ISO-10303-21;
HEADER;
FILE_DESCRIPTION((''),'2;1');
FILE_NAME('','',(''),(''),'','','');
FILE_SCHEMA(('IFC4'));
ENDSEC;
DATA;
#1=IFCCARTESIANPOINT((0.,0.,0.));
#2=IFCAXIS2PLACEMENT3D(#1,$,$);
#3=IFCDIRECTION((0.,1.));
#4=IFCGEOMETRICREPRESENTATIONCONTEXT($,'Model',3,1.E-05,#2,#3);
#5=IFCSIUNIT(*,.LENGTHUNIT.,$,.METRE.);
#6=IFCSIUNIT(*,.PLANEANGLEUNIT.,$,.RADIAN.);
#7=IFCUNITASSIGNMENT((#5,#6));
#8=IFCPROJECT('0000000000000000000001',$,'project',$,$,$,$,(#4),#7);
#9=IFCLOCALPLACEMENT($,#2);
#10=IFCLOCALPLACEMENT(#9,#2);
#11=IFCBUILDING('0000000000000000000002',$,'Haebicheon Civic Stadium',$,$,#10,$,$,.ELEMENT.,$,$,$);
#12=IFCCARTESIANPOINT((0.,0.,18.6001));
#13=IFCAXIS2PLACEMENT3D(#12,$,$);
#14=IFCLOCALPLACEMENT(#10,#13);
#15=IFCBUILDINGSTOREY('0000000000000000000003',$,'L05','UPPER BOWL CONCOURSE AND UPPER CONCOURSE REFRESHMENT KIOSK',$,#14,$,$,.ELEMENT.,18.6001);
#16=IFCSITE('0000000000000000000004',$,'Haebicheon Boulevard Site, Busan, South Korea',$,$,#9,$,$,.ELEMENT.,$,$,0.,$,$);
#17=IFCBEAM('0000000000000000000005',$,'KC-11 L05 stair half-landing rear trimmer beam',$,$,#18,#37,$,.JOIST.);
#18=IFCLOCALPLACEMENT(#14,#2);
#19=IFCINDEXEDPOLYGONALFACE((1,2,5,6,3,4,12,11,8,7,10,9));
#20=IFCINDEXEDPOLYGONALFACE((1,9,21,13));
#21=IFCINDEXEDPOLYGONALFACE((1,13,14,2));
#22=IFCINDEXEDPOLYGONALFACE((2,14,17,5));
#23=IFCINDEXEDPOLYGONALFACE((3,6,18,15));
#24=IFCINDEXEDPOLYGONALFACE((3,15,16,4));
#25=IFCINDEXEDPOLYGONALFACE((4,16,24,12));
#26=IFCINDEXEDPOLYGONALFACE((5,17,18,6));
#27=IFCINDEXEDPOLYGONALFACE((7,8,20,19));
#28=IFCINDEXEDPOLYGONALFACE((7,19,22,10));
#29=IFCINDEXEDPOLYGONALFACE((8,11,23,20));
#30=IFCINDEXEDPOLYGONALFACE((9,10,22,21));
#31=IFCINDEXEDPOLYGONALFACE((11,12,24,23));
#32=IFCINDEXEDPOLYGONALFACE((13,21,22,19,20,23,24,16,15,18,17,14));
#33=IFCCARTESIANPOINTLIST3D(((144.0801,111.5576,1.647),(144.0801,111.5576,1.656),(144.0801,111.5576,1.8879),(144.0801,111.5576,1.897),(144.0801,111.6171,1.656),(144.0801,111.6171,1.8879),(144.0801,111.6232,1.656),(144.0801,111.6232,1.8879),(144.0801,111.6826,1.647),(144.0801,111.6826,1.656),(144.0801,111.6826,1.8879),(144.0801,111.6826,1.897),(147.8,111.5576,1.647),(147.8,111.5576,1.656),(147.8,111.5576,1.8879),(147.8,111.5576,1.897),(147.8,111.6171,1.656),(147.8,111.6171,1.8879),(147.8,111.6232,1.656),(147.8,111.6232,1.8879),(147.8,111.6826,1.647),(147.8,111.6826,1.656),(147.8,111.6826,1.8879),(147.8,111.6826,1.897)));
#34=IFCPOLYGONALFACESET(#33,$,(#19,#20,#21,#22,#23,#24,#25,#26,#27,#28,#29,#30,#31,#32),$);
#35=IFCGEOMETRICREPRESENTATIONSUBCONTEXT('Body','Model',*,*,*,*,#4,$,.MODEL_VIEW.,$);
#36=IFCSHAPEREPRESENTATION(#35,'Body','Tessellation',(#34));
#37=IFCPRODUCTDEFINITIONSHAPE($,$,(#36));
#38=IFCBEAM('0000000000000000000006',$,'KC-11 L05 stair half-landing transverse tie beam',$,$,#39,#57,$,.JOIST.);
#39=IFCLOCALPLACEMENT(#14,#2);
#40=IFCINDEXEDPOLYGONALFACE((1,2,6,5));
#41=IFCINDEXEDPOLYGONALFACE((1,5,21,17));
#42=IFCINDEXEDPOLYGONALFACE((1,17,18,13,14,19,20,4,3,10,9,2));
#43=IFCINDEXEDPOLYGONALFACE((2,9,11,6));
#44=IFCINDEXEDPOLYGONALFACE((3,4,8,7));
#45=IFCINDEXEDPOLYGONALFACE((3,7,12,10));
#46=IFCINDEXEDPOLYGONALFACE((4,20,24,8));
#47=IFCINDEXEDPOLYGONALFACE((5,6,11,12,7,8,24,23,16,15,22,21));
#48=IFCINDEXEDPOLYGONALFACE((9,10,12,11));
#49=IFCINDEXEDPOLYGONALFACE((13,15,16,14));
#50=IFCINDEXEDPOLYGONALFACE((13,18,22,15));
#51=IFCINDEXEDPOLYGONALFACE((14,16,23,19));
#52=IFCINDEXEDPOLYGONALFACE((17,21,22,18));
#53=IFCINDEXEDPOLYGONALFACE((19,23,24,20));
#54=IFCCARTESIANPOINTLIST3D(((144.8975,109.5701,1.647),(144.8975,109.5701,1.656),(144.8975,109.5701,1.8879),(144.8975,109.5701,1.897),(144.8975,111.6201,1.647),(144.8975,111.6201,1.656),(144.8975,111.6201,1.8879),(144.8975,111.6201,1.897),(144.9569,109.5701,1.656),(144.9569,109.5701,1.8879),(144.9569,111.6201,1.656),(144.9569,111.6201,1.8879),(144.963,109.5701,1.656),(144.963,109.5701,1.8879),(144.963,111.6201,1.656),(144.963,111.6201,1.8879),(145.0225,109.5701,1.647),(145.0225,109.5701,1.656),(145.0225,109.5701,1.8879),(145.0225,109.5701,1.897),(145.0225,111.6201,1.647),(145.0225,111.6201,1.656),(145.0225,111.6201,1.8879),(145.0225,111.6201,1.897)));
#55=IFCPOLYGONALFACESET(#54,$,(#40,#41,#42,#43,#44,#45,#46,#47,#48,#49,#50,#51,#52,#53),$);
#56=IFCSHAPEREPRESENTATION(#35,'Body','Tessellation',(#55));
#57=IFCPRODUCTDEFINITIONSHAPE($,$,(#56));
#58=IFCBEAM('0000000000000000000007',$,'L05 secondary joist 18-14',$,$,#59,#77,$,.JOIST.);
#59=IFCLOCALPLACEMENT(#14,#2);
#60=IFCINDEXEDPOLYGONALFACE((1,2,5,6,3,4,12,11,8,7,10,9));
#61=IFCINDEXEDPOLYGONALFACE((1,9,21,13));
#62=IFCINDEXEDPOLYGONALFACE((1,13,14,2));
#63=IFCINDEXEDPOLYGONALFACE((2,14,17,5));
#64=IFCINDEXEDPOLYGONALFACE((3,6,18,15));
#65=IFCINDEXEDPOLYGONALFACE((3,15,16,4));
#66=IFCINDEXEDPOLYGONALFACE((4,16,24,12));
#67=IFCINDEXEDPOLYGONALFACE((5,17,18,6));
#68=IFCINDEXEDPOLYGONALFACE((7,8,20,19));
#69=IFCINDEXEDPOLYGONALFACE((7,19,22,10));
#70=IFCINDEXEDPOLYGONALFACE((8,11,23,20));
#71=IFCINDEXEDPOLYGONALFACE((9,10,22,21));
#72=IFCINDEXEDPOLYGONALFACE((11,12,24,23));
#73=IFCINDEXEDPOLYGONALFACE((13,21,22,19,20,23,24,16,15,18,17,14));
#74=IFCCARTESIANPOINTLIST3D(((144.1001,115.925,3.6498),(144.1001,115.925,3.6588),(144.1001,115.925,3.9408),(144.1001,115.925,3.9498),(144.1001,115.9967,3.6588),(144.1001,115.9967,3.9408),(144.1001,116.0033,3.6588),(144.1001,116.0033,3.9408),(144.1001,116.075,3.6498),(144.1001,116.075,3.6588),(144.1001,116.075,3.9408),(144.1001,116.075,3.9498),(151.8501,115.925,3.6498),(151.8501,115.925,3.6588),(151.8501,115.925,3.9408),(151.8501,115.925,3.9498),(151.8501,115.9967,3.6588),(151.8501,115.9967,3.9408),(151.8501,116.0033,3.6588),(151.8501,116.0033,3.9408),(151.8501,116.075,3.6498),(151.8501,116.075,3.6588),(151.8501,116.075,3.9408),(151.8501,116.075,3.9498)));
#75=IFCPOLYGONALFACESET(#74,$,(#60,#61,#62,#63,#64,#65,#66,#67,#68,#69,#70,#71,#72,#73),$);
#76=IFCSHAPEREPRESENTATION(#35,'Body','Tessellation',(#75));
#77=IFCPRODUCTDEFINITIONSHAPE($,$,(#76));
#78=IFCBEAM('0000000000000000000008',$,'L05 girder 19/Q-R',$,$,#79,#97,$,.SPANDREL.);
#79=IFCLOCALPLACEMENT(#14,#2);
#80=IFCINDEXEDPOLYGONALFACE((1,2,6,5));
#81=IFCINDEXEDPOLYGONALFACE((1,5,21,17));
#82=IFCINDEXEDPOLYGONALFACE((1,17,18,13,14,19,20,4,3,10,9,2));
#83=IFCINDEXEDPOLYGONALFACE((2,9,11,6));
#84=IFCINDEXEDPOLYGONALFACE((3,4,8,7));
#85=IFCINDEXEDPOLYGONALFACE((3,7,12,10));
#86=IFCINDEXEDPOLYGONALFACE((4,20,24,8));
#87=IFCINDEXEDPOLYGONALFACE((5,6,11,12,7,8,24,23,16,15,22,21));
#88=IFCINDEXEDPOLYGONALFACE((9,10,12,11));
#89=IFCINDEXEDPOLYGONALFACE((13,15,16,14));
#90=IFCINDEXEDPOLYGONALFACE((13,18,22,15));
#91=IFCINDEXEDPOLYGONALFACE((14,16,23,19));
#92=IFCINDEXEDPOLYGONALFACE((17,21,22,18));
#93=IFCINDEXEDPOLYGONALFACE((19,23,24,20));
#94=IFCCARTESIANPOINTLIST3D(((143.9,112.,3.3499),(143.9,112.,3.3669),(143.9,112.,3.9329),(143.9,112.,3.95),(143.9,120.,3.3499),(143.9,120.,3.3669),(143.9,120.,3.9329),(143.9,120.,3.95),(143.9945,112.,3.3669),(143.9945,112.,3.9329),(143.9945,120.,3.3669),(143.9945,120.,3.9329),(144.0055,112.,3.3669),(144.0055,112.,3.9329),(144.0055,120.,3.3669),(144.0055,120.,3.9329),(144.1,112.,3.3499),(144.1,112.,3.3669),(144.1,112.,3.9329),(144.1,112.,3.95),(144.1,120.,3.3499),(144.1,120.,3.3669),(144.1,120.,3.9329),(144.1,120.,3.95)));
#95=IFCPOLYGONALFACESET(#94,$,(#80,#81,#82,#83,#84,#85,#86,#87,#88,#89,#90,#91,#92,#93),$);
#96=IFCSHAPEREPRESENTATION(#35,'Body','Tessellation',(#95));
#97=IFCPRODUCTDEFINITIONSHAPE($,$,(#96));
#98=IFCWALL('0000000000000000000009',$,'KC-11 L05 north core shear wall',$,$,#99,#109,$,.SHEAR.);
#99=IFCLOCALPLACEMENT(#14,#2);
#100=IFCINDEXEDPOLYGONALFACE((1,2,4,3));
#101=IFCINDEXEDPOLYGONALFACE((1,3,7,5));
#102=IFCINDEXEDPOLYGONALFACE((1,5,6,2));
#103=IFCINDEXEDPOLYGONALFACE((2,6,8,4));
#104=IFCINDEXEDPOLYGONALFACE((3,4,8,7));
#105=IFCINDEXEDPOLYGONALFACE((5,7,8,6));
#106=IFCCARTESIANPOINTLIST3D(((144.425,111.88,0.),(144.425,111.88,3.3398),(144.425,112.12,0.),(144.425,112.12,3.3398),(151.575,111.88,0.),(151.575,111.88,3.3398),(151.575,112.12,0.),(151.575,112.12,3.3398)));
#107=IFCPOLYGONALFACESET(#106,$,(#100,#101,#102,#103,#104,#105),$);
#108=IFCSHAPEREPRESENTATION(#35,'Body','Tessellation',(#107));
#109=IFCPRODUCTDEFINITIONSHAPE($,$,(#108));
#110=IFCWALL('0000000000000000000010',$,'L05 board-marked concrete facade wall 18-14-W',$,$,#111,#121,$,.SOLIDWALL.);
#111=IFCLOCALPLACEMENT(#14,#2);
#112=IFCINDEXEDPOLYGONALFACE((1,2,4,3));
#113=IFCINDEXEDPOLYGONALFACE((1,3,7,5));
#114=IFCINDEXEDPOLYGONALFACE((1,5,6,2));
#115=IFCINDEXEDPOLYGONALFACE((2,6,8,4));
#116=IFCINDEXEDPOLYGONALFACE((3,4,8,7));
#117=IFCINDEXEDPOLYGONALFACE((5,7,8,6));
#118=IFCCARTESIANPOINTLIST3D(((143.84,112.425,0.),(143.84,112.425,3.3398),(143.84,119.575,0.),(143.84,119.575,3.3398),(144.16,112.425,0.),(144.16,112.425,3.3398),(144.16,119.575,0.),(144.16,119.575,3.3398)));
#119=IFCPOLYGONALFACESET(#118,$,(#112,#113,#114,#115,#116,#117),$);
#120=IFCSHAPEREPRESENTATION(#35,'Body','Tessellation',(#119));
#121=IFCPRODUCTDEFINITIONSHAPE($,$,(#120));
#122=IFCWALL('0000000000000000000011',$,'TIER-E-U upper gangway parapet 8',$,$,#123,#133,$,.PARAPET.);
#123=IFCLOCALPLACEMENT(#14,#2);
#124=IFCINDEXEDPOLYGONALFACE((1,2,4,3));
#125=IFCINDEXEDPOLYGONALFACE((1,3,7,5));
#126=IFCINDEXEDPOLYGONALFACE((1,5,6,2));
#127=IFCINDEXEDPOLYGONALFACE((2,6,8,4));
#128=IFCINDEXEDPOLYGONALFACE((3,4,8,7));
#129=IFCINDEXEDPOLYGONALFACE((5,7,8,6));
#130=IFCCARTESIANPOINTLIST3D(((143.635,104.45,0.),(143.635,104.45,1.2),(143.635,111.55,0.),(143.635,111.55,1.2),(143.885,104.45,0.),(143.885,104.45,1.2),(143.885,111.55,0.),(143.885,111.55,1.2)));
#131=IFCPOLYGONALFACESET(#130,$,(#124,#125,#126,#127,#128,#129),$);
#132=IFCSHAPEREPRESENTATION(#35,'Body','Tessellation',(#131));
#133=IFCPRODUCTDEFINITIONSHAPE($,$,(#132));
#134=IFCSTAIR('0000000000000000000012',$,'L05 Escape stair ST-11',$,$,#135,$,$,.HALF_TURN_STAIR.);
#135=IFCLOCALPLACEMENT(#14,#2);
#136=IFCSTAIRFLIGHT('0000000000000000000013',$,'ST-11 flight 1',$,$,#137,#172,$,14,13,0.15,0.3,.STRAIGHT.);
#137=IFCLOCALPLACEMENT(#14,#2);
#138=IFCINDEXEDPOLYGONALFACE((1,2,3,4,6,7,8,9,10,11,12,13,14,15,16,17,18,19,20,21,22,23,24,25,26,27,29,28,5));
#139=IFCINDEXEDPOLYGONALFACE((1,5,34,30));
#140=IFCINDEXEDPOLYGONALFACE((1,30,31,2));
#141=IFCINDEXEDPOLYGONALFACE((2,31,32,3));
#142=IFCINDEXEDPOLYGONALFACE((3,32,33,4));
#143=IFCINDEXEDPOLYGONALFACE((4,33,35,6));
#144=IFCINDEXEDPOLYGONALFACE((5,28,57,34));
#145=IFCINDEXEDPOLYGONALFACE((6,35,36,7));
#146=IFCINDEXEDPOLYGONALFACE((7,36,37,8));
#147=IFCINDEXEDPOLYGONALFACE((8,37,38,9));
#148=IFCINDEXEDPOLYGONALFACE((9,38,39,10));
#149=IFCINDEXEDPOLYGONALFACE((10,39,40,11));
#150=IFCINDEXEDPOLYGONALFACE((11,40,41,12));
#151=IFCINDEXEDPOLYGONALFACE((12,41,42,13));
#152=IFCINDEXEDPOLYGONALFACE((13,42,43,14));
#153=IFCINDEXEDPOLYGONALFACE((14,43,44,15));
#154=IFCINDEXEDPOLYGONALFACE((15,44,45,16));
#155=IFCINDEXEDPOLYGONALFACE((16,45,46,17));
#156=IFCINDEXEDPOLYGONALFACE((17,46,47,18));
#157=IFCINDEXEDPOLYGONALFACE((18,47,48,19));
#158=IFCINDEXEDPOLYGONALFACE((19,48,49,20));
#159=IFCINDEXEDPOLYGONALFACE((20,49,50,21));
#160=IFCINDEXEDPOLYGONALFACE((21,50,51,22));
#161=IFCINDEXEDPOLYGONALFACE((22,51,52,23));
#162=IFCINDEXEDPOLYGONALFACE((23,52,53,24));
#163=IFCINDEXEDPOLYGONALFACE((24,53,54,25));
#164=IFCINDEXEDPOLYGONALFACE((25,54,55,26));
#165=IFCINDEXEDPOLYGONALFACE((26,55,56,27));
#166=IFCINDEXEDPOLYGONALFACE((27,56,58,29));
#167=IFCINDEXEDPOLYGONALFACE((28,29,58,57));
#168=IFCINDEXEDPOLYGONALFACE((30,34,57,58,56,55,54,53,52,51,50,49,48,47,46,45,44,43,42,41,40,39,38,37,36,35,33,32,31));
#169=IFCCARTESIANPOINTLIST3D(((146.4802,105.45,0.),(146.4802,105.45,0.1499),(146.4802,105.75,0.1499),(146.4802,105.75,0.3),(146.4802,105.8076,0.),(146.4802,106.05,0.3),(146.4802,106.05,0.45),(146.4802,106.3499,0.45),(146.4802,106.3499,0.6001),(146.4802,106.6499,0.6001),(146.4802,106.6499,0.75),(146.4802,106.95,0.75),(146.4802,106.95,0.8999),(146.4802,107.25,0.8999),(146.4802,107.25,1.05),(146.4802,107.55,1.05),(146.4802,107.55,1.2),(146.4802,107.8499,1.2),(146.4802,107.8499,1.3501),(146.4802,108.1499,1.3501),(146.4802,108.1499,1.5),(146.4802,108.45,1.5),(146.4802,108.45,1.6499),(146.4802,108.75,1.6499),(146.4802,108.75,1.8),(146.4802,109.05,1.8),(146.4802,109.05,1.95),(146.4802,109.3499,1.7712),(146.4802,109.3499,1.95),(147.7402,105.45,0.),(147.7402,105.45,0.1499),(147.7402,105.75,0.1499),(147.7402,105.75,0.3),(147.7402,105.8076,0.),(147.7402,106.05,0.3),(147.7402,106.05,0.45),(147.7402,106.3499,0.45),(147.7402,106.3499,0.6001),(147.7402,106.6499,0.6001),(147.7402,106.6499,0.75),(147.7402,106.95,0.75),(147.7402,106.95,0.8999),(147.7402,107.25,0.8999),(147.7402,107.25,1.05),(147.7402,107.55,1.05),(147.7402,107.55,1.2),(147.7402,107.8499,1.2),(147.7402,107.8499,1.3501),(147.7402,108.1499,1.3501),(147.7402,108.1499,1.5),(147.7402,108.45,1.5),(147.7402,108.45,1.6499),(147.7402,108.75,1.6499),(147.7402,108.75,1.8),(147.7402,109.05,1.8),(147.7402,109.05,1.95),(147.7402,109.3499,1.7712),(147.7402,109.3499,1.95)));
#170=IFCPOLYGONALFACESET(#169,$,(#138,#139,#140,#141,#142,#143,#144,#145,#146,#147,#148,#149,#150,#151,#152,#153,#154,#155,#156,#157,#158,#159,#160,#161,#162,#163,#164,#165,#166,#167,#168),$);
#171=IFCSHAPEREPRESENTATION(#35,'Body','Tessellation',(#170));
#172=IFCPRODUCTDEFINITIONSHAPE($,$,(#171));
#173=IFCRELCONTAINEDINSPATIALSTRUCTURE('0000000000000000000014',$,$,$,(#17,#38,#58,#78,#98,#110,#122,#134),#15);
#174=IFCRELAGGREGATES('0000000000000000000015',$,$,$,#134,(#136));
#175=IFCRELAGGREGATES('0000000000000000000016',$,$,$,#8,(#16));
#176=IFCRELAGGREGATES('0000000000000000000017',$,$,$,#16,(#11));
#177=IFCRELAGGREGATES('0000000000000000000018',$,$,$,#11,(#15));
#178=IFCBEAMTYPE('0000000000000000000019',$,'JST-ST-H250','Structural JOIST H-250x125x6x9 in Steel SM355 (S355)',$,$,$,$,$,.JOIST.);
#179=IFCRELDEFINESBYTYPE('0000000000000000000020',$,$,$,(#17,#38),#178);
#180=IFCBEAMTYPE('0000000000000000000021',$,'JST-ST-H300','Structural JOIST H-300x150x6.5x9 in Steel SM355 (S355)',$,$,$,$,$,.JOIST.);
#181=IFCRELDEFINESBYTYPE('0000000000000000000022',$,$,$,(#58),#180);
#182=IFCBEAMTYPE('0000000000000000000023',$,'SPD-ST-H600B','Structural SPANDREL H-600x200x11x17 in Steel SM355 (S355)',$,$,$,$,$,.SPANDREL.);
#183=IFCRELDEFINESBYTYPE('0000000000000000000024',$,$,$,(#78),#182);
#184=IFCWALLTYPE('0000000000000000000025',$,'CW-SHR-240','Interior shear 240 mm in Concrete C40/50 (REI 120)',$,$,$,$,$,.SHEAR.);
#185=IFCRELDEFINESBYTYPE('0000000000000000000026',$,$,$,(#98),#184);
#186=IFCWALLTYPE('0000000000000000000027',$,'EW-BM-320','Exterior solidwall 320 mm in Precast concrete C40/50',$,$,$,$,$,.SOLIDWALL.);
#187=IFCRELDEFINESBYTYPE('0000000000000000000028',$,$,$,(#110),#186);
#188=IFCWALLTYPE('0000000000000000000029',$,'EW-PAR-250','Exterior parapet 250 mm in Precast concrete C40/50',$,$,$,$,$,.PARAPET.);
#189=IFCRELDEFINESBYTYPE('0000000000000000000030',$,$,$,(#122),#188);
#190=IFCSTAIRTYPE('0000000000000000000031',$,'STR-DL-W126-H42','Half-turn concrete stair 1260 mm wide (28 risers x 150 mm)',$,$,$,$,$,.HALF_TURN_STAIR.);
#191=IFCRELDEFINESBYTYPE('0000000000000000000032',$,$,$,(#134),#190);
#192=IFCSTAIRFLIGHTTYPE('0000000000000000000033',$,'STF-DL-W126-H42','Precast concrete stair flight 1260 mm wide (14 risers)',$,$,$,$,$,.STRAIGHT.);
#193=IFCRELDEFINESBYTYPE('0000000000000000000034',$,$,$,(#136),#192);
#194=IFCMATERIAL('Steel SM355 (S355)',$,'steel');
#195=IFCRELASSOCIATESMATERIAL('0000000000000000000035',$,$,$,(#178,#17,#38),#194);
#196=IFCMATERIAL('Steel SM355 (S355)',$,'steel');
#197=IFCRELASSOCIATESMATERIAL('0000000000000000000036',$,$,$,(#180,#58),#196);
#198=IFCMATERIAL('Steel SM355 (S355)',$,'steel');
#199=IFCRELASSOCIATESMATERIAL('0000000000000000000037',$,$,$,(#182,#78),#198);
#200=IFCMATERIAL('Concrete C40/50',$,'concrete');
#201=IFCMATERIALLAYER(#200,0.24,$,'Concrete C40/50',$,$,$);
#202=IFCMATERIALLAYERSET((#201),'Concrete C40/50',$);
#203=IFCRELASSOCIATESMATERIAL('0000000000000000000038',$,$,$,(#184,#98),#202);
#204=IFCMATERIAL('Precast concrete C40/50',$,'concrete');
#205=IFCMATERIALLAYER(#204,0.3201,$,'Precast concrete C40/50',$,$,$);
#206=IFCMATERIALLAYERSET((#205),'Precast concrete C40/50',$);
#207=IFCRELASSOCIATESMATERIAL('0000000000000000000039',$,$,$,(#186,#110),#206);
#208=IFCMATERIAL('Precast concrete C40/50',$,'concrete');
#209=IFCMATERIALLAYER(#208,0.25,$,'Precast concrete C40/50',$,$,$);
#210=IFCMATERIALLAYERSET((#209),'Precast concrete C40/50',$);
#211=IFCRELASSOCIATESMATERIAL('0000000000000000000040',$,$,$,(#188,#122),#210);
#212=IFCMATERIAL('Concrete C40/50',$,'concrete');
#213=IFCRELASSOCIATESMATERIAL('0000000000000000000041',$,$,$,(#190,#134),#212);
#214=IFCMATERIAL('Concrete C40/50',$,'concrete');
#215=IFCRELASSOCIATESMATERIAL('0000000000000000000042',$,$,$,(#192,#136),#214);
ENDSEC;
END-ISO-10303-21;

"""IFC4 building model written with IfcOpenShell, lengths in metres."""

from ifc_helpers import new_model, si_unit, direction, frame, frame_2d, origin, origin_2d, place, context, subcontext, project, spatial, polyline, rectangle, i_section, outline, extrude, material, layer, layer_set, material_profile, profile_set, type_object, element, aggregate, save


model = new_model("IFC4")

# Units and contexts
model_context = context("Model", 3, precision=1e-05, world=origin(), true_north=direction((0.0, 1.0)))
body_context = subcontext(model_context, "Body", "Model", "MODEL_VIEW")
ifc_project = project(units=[si_unit("LENGTHUNIT", "METRE"), si_unit("PLANEANGLEUNIT", "RADIAN")], contexts=[model_context])

# Site, building, storey
site_placement = place(None, origin())
site = spatial("IfcSite", under=ifc_project, at=site_placement, Name="Haebicheon Boulevard Site, Busan, South Korea", CompositionType="ELEMENT", RefElevation=0.0)
building_placement = place(site_placement, origin())
building = spatial("IfcBuilding", under=site, at=building_placement, Name="Haebicheon Civic Stadium", CompositionType="ELEMENT")
storey_placement = place(building_placement, frame((0.0, 0.0, 18.6001)))
storey = spatial("IfcBuildingStorey", under=building, at=storey_placement, Name="L05", Description="UPPER BOWL CONCOURSE AND UPPER CONCOURSE REFRESHMENT KIOSK", CompositionType="ELEMENT", Elevation=18.6001)

# Beams
ifc_material_1 = material(Name="Steel SM355 (S355)", Category="steel")
ifc_material_profile_1 = material_profile(ifc_material_1, i_section(OverallWidth=0.125, OverallDepth=0.25, WebThickness=0.0061, FlangeThickness=0.009, at=origin_2d()), Name="H-250x125x6x9")
ifc_profile_set_1 = profile_set([ifc_material_profile_1], Name="Steel SM355 (S355)")
beam_type_1 = type_object("IfcBeamType", Name="JST-ST-H250", Description="Structural JOIST H-250x125x6x9 in Steel SM355 (S355)", PredefinedType="JOIST", material=ifc_profile_set_1)
for number, where, z_axis, x_axis, name in (
    (1, (144.0801, 111.6201, 1.772), (1.0, 0.0, 0.0), (0.0, 1.0, 0.0), "KC-11 L05 stair half-landing rear trimmer beam"),
):
    element("IfcBeam", number, at=place(storey_placement, frame(where, z_axis=z_axis, x_axis=x_axis)), inside=storey, type_object=beam_type_1, material=ifc_profile_set_1, Name=name, PredefinedType="JOIST", context=body_context, shape_type="SweptSolid", body=[
        extrude(i_section(OverallWidth=0.125, OverallDepth=0.25, WebThickness=0.0061, FlangeThickness=0.009, at=origin_2d()), origin(), (0.0, 0.0, 1.0), 3.72),
    ])
beam_1_placement = place(storey_placement, frame((144.96, 109.5701, 1.772), z_axis=(0.0, 1.0, 0.0), x_axis=(-1.0, 0.0, 0.0)))
element("IfcBeam", 2, at=beam_1_placement, inside=storey, type_object=beam_type_1, material=ifc_profile_set_1, Name="KC-11 L05 stair half-landing transverse tie beam", PredefinedType="JOIST", context=body_context, shape_type="SweptSolid", body=[
    extrude(i_section(OverallWidth=0.125, OverallDepth=0.25, WebThickness=0.0061, FlangeThickness=0.009, at=origin_2d()), origin(), (0.0, 0.0, 1.0), 2.05),
])
ifc_material_2 = material(Name="Steel SM355 (S355)", Category="steel")
ifc_material_profile_2 = material_profile(ifc_material_2, i_section(OverallWidth=0.1499, OverallDepth=0.3, WebThickness=0.0066, FlangeThickness=0.009, at=origin_2d()), Name="H-300x150x6.5x9")
ifc_profile_set_2 = profile_set([ifc_material_profile_2], Name="Steel SM355 (S355)")
beam_type_2 = type_object("IfcBeamType", Name="JST-ST-H300", Description="Structural JOIST H-300x150x6.5x9 in Steel SM355 (S355)", PredefinedType="JOIST", material=ifc_profile_set_2)
beam_2_placement = place(storey_placement, frame((144.1001, 116.0, 3.7998), z_axis=(1.0, 0.0, 0.0), x_axis=(0.0, 1.0, 0.0)))
element("IfcBeam", 3, at=beam_2_placement, inside=storey, type_object=beam_type_2, material=ifc_profile_set_2, Name="L05 secondary joist 18-14", PredefinedType="JOIST", context=body_context, shape_type="SweptSolid", body=[
    extrude(i_section(OverallWidth=0.1499, OverallDepth=0.3, WebThickness=0.0066, FlangeThickness=0.009, at=origin_2d()), origin(), (0.0, 0.0, 1.0), 7.75),
])
ifc_material_3 = material(Name="Steel SM355 (S355)", Category="steel")
ifc_material_profile_3 = material_profile(ifc_material_3, i_section(OverallWidth=0.2, OverallDepth=0.6001, WebThickness=0.011, FlangeThickness=0.0171, at=origin_2d()), Name="H-600x200x11x17")
ifc_profile_set_3 = profile_set([ifc_material_profile_3], Name="Steel SM355 (S355)")
beam_type_3 = type_object("IfcBeamType", Name="SPD-ST-H600B", Description="Structural SPANDREL H-600x200x11x17 in Steel SM355 (S355)", PredefinedType="SPANDREL", material=ifc_profile_set_3)
beam_3_placement = place(storey_placement, frame((144.0, 112.0, 3.6499), z_axis=(0.0, 1.0, 0.0), x_axis=(-1.0, 0.0, 0.0)))
element("IfcBeam", 4, at=beam_3_placement, inside=storey, type_object=beam_type_3, material=ifc_profile_set_3, Name="L05 girder 19/Q-R", PredefinedType="SPANDREL", context=body_context, shape_type="SweptSolid", body=[
    extrude(i_section(OverallWidth=0.2, OverallDepth=0.6001, WebThickness=0.011, FlangeThickness=0.0171, at=origin_2d()), origin(), (0.0, 0.0, 1.0), 8.0),
])

# Wall
ifc_material_4 = material(Name="Concrete C40/50", Category="concrete")
ifc_layer_1 = layer(ifc_material_4, 0.24, Name="Concrete C40/50")
ifc_layer_set_1 = layer_set([ifc_layer_1], Name="Concrete C40/50")
wall_type_1 = type_object("IfcWallType", Name="CW-SHR-240", Description="Interior shear 240 mm in Concrete C40/50 (REI 120)", PredefinedType="SHEAR", material=ifc_layer_set_1)
wall_1_placement = place(storey_placement, frame((144.425, 112.0, 0.0), z_axis=(0.0, 0.0, 1.0), x_axis=(1.0, 0.0, 0.0)))
element("IfcWall", 5, at=wall_1_placement, inside=storey, type_object=wall_type_1, material=ifc_layer_set_1, Name="KC-11 L05 north core shear wall", PredefinedType="SHEAR", context=body_context, shape_type="SweptSolid", body=[
    extrude(rectangle(XDim=7.1499, YDim=0.24, at=frame_2d((3.575, 0.0))), origin(), (0.0, 0.0, 1.0), 3.3398),
])

# Walls
ifc_material_5 = material(Name="Precast concrete C40/50", Category="concrete")
ifc_layer_2 = layer(ifc_material_5, 0.3201, Name="Precast concrete C40/50")
ifc_layer_set_2 = layer_set([ifc_layer_2], Name="Precast concrete C40/50")
wall_type_2 = type_object("IfcWallType", Name="EW-BM-320", Description="Exterior solidwall 320 mm in Precast concrete C40/50", PredefinedType="SOLIDWALL", material=ifc_layer_set_2)
wall_2_placement = place(storey_placement, frame((144.0, 112.425, 0.0), z_axis=(0.0, 0.0, 1.0), x_axis=(0.0, 1.0, 0.0)))
element("IfcWall", 6, at=wall_2_placement, inside=storey, type_object=wall_type_2, material=ifc_layer_set_2, Name="L05 board-marked concrete facade wall 18-14-W", PredefinedType="SOLIDWALL", context=body_context, shape_type="SweptSolid", body=[
    extrude(rectangle(XDim=7.1499, YDim=0.3201, at=frame_2d((3.575, 0.0))), origin(), (0.0, 0.0, 1.0), 3.3398),
])
ifc_material_6 = material(Name="Precast concrete C40/50", Category="concrete")
ifc_layer_3 = layer(ifc_material_6, 0.25, Name="Precast concrete C40/50")
ifc_layer_set_3 = layer_set([ifc_layer_3], Name="Precast concrete C40/50")
wall_type_3 = type_object("IfcWallType", Name="EW-PAR-250", Description="Exterior parapet 250 mm in Precast concrete C40/50", PredefinedType="PARAPET", material=ifc_layer_set_3)
wall_3_placement = place(storey_placement, frame((143.76, 104.45, 0.0), z_axis=(0.0, 0.0, 1.0), x_axis=(0.0, 1.0, 0.0)))
element("IfcWall", 7, at=wall_3_placement, inside=storey, type_object=wall_type_3, material=ifc_layer_set_3, Name="TIER-E-U upper gangway parapet 8", PredefinedType="PARAPET", context=body_context, shape_type="SweptSolid", body=[
    extrude(rectangle(XDim=7.1001, YDim=0.25, at=frame_2d((3.55, 0.0))), origin(), (0.0, 0.0, 1.0), 1.2),
])

# Stair, stair flight
ifc_material_7 = material(Name="Concrete C40/50", Category="concrete")
stair_type = type_object("IfcStairType", Name="STR-DL-W126-H42", Description="Half-turn concrete stair 1260 mm wide (28 risers x 150 mm)", PredefinedType="HALF_TURN_STAIR", material=ifc_material_7)
stair_placement = place(storey_placement, origin())
stair = element("IfcStair", 8, at=stair_placement, inside=storey, type_object=stair_type, material=ifc_material_7, Name="L05 Escape stair ST-11", PredefinedType="HALF_TURN_STAIR")
ifc_material_8 = material(Name="Concrete C40/50", Category="concrete")
stair_flight_type = type_object("IfcStairFlightType", Name="STF-DL-W126-H42", Description="Precast concrete stair flight 1260 mm wide (14 risers)", PredefinedType="STRAIGHT", material=ifc_material_8)
stair_flight_1_placement = place(storey_placement, frame((147.1101, 105.45, 0.0), z_axis=(0.0, 0.0, 1.0), x_axis=(0.0, 1.0, 0.0)))
stair_flight_1 = element("IfcStairFlight", 9, at=stair_flight_1_placement, type_object=stair_flight_type, material=ifc_material_8, Name="ST-11 flight 1", NumberOfRisers=14, NumberOfTreads=13, PredefinedType="STRAIGHT", RiserHeight=0.15, TreadLength=0.3, context=body_context, shape_type="SweptSolid", body=[
    extrude(outline(polyline([(0.0, 0.0), (0.0, 0.1499), (0.3, 0.1499), (0.3, 0.3), (0.6001, 0.3), (0.6001, 0.45), (0.8999, 0.45), (0.8999, 0.6001), (1.2, 0.6001), (1.2, 0.75), (1.5, 0.75), (1.5, 0.8999), (1.8, 0.8999), (1.8, 1.05), (2.1001, 1.05), (2.1001, 1.2), (2.3999, 1.2), (2.3999, 1.3501), (2.7, 1.3501), (2.7, 1.5), (3.0, 1.5), (3.0, 1.6499), (3.3, 1.6499), (3.3, 1.8), (3.6001, 1.8), (3.6001, 1.95), (3.8999, 1.95), (3.8999, 2.1001), (3.8999, 1.7712), (0.3577, 0.0), (0.0, 0.0)])), frame((0.0, 0.6299, 0.0), z_axis=(0.0, -1.0, 0.0), x_axis=(1.0, 0.0, 0.0)), (0.0, 0.0, 1.0), 1.26),
])
aggregate(stair, [stair_flight_1])

save(model, "model.ifc")
